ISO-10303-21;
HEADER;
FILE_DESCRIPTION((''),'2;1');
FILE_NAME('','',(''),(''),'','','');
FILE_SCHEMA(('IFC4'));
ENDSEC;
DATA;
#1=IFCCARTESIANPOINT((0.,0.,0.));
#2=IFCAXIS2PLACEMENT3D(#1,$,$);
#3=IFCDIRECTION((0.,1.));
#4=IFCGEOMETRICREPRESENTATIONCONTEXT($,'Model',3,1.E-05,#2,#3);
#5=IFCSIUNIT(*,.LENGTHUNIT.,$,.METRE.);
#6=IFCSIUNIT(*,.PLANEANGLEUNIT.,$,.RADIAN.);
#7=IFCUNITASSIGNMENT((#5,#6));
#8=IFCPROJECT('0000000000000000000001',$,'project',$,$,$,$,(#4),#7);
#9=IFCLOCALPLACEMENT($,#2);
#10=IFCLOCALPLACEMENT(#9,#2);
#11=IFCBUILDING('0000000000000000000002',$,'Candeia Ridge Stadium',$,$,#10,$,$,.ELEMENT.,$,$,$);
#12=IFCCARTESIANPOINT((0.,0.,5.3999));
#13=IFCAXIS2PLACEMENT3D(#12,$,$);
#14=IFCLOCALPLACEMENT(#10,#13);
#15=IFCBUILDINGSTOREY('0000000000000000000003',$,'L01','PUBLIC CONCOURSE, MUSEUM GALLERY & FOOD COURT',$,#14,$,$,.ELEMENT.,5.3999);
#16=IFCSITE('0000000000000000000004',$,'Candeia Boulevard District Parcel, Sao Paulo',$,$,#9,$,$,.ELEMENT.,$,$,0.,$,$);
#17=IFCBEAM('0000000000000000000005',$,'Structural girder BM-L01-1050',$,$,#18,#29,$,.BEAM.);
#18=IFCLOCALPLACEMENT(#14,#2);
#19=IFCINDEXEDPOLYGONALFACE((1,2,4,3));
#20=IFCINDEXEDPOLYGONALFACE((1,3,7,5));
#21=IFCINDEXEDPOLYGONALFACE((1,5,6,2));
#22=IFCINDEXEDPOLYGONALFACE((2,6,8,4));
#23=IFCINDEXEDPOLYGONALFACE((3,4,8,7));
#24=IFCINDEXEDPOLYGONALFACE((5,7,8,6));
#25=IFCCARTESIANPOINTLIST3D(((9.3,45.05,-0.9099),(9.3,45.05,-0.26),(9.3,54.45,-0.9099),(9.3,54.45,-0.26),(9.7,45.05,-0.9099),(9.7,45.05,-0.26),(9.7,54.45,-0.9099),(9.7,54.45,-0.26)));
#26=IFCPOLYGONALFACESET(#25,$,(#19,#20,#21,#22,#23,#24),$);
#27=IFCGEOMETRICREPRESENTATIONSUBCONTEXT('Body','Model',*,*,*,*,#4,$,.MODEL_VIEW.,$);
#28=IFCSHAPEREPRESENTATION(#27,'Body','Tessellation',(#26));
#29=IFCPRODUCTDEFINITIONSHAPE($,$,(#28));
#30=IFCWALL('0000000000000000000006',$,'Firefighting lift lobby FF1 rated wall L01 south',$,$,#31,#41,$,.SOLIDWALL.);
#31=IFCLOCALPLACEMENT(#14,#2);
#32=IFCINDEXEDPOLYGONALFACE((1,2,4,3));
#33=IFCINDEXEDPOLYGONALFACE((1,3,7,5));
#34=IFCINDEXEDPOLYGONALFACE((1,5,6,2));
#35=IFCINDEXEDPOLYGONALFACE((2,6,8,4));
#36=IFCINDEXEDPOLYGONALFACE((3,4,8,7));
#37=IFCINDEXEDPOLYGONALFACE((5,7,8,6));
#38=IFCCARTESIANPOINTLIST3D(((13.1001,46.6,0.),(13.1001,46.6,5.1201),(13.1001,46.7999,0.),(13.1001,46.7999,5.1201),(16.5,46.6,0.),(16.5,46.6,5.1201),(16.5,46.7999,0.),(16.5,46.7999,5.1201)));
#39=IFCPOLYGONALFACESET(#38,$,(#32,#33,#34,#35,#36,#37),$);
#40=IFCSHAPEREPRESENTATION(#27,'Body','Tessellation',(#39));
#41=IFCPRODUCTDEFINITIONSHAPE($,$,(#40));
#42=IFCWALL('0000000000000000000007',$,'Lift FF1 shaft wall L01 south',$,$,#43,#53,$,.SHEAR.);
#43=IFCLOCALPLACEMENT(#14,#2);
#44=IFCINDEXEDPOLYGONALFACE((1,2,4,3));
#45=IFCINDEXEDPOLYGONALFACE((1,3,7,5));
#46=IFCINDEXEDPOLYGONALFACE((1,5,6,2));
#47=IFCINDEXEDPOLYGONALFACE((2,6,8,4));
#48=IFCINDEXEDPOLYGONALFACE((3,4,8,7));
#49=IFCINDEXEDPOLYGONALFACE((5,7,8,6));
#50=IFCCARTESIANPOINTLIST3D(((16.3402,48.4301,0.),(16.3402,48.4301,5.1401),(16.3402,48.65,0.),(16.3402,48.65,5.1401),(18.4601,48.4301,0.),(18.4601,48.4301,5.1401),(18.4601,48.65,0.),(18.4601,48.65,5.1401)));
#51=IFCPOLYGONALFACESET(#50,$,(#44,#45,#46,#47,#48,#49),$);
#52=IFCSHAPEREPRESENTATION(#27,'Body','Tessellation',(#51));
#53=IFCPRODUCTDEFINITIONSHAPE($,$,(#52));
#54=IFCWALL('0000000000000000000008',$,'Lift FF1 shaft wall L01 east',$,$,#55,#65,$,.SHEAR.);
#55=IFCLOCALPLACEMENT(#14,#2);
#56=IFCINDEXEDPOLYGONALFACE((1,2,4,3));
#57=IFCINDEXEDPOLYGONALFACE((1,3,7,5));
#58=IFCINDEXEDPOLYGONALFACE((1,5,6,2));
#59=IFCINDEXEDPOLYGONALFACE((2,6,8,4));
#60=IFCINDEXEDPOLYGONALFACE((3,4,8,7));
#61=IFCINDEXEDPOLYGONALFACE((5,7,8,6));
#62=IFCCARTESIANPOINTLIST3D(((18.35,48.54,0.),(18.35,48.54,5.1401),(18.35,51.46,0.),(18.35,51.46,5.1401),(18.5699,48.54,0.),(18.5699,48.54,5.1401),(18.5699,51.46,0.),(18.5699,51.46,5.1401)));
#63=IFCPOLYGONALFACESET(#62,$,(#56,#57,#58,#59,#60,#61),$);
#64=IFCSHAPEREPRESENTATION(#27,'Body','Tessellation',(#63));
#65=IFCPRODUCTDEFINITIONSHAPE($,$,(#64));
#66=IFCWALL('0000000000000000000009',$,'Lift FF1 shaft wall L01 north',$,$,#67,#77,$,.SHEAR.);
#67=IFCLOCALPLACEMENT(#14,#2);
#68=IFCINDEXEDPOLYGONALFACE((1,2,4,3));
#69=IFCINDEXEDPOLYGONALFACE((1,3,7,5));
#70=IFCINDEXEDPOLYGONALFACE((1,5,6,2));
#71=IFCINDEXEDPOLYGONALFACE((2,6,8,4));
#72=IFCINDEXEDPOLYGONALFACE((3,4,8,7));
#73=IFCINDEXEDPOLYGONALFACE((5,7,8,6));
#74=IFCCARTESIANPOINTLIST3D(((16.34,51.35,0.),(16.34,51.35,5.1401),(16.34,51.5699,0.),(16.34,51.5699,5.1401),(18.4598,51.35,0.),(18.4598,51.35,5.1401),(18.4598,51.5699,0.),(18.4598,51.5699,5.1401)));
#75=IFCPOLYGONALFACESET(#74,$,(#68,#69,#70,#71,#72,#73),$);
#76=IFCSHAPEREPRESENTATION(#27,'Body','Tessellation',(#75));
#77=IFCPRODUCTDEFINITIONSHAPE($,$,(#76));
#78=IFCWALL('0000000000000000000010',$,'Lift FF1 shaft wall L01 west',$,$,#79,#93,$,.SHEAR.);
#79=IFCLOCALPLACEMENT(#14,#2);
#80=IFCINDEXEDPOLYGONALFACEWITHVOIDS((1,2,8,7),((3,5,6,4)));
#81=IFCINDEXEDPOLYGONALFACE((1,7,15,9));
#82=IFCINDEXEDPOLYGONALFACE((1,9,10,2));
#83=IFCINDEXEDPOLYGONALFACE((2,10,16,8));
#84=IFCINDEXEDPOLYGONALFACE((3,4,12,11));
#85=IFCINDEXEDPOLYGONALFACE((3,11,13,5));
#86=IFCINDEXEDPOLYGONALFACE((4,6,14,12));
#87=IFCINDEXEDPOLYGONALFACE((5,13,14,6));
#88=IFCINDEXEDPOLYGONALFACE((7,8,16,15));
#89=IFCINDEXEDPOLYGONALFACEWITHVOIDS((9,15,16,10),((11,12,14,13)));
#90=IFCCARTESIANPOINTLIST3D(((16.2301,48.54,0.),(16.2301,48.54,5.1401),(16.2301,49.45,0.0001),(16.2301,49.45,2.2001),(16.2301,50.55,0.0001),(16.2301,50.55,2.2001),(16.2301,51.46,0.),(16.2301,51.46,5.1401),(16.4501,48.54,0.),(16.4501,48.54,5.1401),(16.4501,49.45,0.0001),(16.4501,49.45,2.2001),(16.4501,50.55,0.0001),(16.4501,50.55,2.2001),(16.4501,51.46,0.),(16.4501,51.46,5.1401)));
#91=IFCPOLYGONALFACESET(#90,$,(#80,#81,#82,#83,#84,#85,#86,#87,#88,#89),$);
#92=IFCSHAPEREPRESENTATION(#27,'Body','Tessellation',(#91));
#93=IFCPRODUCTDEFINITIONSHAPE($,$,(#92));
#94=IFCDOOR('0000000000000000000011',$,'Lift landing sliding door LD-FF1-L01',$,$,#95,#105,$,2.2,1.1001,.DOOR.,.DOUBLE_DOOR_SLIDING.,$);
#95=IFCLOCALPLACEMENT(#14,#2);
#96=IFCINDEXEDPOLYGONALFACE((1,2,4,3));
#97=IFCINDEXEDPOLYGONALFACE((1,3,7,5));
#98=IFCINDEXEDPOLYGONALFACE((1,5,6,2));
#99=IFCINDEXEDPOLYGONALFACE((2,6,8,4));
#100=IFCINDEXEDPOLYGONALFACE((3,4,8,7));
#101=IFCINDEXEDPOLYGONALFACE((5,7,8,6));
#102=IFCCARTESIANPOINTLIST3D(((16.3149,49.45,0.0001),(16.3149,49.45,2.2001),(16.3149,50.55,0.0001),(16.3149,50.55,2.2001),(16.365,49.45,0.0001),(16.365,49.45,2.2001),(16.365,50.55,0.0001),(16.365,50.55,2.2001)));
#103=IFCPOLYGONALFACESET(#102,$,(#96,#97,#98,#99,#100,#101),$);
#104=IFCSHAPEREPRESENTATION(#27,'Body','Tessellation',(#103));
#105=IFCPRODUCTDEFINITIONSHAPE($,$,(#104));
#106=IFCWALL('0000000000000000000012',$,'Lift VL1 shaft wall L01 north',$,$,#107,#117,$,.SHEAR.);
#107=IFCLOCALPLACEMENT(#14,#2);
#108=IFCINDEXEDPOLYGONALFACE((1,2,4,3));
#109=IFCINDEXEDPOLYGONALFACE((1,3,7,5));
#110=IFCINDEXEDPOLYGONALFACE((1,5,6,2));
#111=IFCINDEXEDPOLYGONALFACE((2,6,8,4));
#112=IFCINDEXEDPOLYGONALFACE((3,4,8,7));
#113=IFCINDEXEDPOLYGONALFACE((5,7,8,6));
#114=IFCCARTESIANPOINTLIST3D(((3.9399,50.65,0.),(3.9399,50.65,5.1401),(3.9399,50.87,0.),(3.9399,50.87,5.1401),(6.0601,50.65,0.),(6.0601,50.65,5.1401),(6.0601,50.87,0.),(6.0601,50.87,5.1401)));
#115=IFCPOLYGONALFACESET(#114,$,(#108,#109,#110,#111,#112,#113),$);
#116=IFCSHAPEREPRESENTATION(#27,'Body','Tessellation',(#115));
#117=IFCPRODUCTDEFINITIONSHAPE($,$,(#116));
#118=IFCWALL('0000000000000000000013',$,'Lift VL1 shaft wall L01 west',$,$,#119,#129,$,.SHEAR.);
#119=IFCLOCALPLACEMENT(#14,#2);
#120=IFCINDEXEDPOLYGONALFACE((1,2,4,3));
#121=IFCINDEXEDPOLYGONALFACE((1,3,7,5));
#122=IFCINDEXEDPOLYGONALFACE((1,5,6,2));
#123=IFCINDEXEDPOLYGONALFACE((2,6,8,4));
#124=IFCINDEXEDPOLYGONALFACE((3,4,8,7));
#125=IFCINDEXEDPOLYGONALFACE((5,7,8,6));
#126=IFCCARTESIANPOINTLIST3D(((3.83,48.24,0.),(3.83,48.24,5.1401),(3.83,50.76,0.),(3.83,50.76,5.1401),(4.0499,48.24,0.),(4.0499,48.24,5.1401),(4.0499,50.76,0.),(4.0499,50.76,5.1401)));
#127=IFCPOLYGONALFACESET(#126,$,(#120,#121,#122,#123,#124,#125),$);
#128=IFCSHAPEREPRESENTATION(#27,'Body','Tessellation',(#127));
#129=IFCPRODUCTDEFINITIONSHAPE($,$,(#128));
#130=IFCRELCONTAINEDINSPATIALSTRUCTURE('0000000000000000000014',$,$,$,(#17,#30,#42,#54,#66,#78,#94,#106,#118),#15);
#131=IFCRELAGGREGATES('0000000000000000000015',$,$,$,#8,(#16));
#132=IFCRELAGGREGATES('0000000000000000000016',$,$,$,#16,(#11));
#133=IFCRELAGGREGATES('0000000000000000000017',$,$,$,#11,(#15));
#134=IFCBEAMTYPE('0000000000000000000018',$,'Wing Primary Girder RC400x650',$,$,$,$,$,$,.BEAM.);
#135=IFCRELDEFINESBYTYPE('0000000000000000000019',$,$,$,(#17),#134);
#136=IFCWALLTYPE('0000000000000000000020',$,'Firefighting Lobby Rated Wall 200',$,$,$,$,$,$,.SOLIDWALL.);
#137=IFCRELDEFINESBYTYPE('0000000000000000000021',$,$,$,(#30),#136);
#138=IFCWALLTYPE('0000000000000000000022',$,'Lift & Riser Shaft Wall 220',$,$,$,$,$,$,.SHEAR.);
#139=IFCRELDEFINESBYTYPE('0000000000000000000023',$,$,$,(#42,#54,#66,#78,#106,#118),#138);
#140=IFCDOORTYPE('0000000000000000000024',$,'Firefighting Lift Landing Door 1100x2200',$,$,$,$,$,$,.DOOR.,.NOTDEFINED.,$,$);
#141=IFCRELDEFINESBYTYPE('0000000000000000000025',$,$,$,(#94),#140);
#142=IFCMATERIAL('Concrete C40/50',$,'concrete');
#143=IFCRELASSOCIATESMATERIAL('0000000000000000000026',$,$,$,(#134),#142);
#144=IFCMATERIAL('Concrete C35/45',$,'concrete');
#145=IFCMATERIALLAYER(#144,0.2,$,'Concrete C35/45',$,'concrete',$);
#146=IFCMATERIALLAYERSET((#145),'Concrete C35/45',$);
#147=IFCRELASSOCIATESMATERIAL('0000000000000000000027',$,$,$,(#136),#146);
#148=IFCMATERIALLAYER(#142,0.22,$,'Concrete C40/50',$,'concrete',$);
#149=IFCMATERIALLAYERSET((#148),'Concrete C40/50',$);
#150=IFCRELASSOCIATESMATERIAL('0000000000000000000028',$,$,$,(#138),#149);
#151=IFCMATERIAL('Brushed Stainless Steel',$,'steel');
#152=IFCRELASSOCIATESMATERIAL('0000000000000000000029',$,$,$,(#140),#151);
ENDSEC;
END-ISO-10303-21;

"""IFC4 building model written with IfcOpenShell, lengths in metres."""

from ifc_helpers import new_model, si_unit, direction, frame, frame_2d, origin, origin_2d, place, context, subcontext, project, spatial, rectangle, extrude, material, layer, layer_set, material_profile, profile_set, type_object, element, fill, save


model = new_model("IFC4")

# Units and contexts
model_context = context("Model", 3, precision=1e-05, world=origin(), true_north=direction((0.0, 1.0)))
body_context = subcontext(model_context, "Body", "Model", "MODEL_VIEW")
ifc_project = project(units=[si_unit("LENGTHUNIT", "METRE"), si_unit("PLANEANGLEUNIT", "RADIAN")], contexts=[model_context])

# Site, building, storey
site_placement = place(None, origin())
site = spatial("IfcSite", under=ifc_project, at=site_placement, Name="Candeia Boulevard District Parcel, Sao Paulo", CompositionType="ELEMENT", RefElevation=0.0)
building_placement = place(site_placement, origin())
building = spatial("IfcBuilding", under=site, at=building_placement, Name="Candeia Ridge Stadium", CompositionType="ELEMENT")
storey_placement = place(building_placement, frame((0.0, 0.0, 5.3999)))
storey = spatial("IfcBuildingStorey", under=building, at=storey_placement, Name="L01", Description="PUBLIC CONCOURSE, MUSEUM GALLERY & FOOD COURT", CompositionType="ELEMENT", Elevation=5.3999)

# Shared definitions
ifc_material_1 = material(Name="Concrete C40/50", Category="concrete")

# Beam
ifc_material_profile_1 = material_profile(ifc_material_1, rectangle(XDim=0.3999, YDim=0.6499, at=origin_2d()), Name="RC400x650", Category="concrete")
ifc_profile_set_1 = profile_set([ifc_material_profile_1], Name="Concrete C40/50")
beam_type_1 = type_object("IfcBeamType", Name="Wing Primary Girder RC400x650", PredefinedType="BEAM", material=ifc_profile_set_1)
beam_1_placement = place(storey_placement, frame((9.5, 45.05, -0.585), z_axis=(0.0, 1.0, 0.0), x_axis=(-1.0, 0.0, 0.0)))
element("IfcBeam", 1, at=beam_1_placement, inside=storey, type_object=beam_type_1, Name="Structural girder BM-L01-1050", PredefinedType="BEAM", context=body_context, shape_type="SweptSolid", body=[
    extrude(rectangle(XDim=0.3999, YDim=0.6499, at=origin_2d()), origin(), (0.0, 0.0, 1.0), 9.3999),
])

# Walls
ifc_material_2 = material(Name="Concrete C35/45", Category="concrete")
ifc_layer_1 = layer(ifc_material_2, 0.2, Name="Concrete C35/45", Category="concrete")
ifc_layer_set_1 = layer_set([ifc_layer_1], Name="Concrete C35/45")
wall_type_1 = type_object("IfcWallType", Name="Firefighting Lobby Rated Wall 200", PredefinedType="SOLIDWALL", material=ifc_layer_set_1)
wall_1_placement = place(storey_placement, frame((13.1001, 46.7, 0.0), z_axis=(0.0, 0.0, 1.0), x_axis=(1.0, 0.0, 0.0)))
element("IfcWall", 2, at=wall_1_placement, inside=storey, type_object=wall_type_1, Name="Firefighting lift lobby FF1 rated wall L01 south", PredefinedType="SOLIDWALL", context=body_context, shape_type="SweptSolid", body=[
    extrude(rectangle(XDim=3.3999, YDim=0.2, at=frame_2d((1.7, 0.0))), origin(), (0.0, 0.0, 1.0), 5.1201),
])
ifc_layer_2 = layer(ifc_material_1, 0.22, Name="Concrete C40/50", Category="concrete")
ifc_layer_set_2 = layer_set([ifc_layer_2], Name="Concrete C40/50")
wall_type_2 = type_object("IfcWallType", Name="Lift & Riser Shaft Wall 220", PredefinedType="SHEAR", material=ifc_layer_set_2)
wall_2_placement = place(storey_placement, frame((16.3401, 48.54, 0.0), z_axis=(0.0, 0.0, 1.0), x_axis=(1.0, 0.0, 0.0)))
element("IfcWall", 3, at=wall_2_placement, inside=storey, type_object=wall_type_2, Name="Lift FF1 shaft wall L01 south", PredefinedType="SHEAR", context=body_context, shape_type="SweptSolid", body=[
    extrude(rectangle(XDim=2.1199, YDim=0.22, at=frame_2d((1.0601, 0.0))), origin(), (0.0, 0.0, 1.0), 5.1401),
])
wall_3_placement = place(storey_placement, frame((18.46, 48.54, 0.0), z_axis=(0.0, 0.0, 1.0), x_axis=(0.0, 1.0, 0.0)))
element("IfcWall", 4, at=wall_3_placement, inside=storey, type_object=wall_type_2, Name="Lift FF1 shaft wall L01 east", PredefinedType="SHEAR", context=body_context, shape_type="SweptSolid", body=[
    extrude(rectangle(XDim=2.9199, YDim=0.22, at=frame_2d((1.46, 0.0))), origin(), (0.0, 0.0, 1.0), 5.1401),
])
wall_4_placement = place(storey_placement, frame((18.46, 51.46, 0.0), z_axis=(0.0, 0.0, 1.0), x_axis=(-1.0, 0.0, 0.0)))
element("IfcWall", 5, at=wall_4_placement, inside=storey, type_object=wall_type_2, Name="Lift FF1 shaft wall L01 north", PredefinedType="SHEAR", context=body_context, shape_type="SweptSolid", body=[
    extrude(rectangle(XDim=2.1199, YDim=0.22, at=frame_2d((1.0601, 0.0))), origin(), (0.0, 0.0, 1.0), 5.1401),
])

# Wall, opening, door
wall_5_placement = place(storey_placement, frame((16.3401, 51.46, 0.0), z_axis=(0.0, 0.0, 1.0), x_axis=(0.0, -1.0, 0.0)))
wall_5 = element("IfcWall", 6, at=wall_5_placement, inside=storey, type_object=wall_type_2, Name="Lift FF1 shaft wall L01 west", PredefinedType="SHEAR", context=body_context, shape_type="SweptSolid", body=[
    extrude(rectangle(XDim=2.9199, YDim=0.22, at=frame_2d((1.46, 0.0))), origin(), (0.0, 0.0, 1.0), 5.1401),
])
opening_1_placement = place(wall_5_placement, frame((0.9099, 0.0, 0.0)))
opening_1 = element("IfcOpeningElement", 7, at=opening_1_placement, cuts=wall_5, PredefinedType="OPENING", context=body_context, shape_type="SweptSolid", body=[
    extrude(rectangle(XDim=1.1001, YDim=2.2, at=frame_2d((0.55, 1.1001))), frame((0.0, 0.1199, 0.0), z_axis=(0.0, -1.0, 0.0), x_axis=(1.0, 0.0, 0.0)), (0.0, 0.0, 1.0), 0.24),
])
ifc_material_3 = material(Name="Brushed Stainless Steel", Category="steel")
door_type_1 = type_object("IfcDoorType", Name="Firefighting Lift Landing Door 1100x2200", OperationType="NOTDEFINED", PredefinedType="DOOR", material=ifc_material_3)
door_1_placement = place(opening_1_placement, origin())
door_1 = element("IfcDoor", 8, at=door_1_placement, inside=storey, type_object=door_type_1, Name="Lift landing sliding door LD-FF1-L01", OperationType="DOUBLE_DOOR_SLIDING", OverallHeight=2.2, OverallWidth=1.1001, PredefinedType="DOOR", context=body_context, shape_type="SweptSolid", body=[
    extrude(rectangle(XDim=1.1001, YDim=2.2, at=frame_2d((0.55, 1.1001))), frame((0.0, 0.0249, 0.0), z_axis=(0.0, -1.0, 0.0), x_axis=(1.0, 0.0, 0.0)), (0.0, 0.0, 1.0), 0.05),
])
fill(opening_1, door_1)

# Walls
wall_6_placement = place(storey_placement, frame((6.0601, 50.76, 0.0), z_axis=(0.0, 0.0, 1.0), x_axis=(-1.0, 0.0, 0.0)))
element("IfcWall", 9, at=wall_6_placement, inside=storey, type_object=wall_type_2, Name="Lift VL1 shaft wall L01 north", PredefinedType="SHEAR", context=body_context, shape_type="SweptSolid", body=[
    extrude(rectangle(XDim=2.1201, YDim=0.22, at=frame_2d((1.0601, 0.0))), origin(), (0.0, 0.0, 1.0), 5.1401),
])
wall_7_placement = place(storey_placement, frame((3.9399, 50.76, 0.0), z_axis=(0.0, 0.0, 1.0), x_axis=(0.0, -1.0, 0.0)))
element("IfcWall", 10, at=wall_7_placement, inside=storey, type_object=wall_type_2, Name="Lift VL1 shaft wall L01 west", PredefinedType="SHEAR", context=body_context, shape_type="SweptSolid", body=[
    extrude(rectangle(XDim=2.52, YDim=0.22, at=frame_2d((1.26, 0.0))), origin(), (0.0, 0.0, 1.0), 5.1401),
])

save(model, "model.ifc")
